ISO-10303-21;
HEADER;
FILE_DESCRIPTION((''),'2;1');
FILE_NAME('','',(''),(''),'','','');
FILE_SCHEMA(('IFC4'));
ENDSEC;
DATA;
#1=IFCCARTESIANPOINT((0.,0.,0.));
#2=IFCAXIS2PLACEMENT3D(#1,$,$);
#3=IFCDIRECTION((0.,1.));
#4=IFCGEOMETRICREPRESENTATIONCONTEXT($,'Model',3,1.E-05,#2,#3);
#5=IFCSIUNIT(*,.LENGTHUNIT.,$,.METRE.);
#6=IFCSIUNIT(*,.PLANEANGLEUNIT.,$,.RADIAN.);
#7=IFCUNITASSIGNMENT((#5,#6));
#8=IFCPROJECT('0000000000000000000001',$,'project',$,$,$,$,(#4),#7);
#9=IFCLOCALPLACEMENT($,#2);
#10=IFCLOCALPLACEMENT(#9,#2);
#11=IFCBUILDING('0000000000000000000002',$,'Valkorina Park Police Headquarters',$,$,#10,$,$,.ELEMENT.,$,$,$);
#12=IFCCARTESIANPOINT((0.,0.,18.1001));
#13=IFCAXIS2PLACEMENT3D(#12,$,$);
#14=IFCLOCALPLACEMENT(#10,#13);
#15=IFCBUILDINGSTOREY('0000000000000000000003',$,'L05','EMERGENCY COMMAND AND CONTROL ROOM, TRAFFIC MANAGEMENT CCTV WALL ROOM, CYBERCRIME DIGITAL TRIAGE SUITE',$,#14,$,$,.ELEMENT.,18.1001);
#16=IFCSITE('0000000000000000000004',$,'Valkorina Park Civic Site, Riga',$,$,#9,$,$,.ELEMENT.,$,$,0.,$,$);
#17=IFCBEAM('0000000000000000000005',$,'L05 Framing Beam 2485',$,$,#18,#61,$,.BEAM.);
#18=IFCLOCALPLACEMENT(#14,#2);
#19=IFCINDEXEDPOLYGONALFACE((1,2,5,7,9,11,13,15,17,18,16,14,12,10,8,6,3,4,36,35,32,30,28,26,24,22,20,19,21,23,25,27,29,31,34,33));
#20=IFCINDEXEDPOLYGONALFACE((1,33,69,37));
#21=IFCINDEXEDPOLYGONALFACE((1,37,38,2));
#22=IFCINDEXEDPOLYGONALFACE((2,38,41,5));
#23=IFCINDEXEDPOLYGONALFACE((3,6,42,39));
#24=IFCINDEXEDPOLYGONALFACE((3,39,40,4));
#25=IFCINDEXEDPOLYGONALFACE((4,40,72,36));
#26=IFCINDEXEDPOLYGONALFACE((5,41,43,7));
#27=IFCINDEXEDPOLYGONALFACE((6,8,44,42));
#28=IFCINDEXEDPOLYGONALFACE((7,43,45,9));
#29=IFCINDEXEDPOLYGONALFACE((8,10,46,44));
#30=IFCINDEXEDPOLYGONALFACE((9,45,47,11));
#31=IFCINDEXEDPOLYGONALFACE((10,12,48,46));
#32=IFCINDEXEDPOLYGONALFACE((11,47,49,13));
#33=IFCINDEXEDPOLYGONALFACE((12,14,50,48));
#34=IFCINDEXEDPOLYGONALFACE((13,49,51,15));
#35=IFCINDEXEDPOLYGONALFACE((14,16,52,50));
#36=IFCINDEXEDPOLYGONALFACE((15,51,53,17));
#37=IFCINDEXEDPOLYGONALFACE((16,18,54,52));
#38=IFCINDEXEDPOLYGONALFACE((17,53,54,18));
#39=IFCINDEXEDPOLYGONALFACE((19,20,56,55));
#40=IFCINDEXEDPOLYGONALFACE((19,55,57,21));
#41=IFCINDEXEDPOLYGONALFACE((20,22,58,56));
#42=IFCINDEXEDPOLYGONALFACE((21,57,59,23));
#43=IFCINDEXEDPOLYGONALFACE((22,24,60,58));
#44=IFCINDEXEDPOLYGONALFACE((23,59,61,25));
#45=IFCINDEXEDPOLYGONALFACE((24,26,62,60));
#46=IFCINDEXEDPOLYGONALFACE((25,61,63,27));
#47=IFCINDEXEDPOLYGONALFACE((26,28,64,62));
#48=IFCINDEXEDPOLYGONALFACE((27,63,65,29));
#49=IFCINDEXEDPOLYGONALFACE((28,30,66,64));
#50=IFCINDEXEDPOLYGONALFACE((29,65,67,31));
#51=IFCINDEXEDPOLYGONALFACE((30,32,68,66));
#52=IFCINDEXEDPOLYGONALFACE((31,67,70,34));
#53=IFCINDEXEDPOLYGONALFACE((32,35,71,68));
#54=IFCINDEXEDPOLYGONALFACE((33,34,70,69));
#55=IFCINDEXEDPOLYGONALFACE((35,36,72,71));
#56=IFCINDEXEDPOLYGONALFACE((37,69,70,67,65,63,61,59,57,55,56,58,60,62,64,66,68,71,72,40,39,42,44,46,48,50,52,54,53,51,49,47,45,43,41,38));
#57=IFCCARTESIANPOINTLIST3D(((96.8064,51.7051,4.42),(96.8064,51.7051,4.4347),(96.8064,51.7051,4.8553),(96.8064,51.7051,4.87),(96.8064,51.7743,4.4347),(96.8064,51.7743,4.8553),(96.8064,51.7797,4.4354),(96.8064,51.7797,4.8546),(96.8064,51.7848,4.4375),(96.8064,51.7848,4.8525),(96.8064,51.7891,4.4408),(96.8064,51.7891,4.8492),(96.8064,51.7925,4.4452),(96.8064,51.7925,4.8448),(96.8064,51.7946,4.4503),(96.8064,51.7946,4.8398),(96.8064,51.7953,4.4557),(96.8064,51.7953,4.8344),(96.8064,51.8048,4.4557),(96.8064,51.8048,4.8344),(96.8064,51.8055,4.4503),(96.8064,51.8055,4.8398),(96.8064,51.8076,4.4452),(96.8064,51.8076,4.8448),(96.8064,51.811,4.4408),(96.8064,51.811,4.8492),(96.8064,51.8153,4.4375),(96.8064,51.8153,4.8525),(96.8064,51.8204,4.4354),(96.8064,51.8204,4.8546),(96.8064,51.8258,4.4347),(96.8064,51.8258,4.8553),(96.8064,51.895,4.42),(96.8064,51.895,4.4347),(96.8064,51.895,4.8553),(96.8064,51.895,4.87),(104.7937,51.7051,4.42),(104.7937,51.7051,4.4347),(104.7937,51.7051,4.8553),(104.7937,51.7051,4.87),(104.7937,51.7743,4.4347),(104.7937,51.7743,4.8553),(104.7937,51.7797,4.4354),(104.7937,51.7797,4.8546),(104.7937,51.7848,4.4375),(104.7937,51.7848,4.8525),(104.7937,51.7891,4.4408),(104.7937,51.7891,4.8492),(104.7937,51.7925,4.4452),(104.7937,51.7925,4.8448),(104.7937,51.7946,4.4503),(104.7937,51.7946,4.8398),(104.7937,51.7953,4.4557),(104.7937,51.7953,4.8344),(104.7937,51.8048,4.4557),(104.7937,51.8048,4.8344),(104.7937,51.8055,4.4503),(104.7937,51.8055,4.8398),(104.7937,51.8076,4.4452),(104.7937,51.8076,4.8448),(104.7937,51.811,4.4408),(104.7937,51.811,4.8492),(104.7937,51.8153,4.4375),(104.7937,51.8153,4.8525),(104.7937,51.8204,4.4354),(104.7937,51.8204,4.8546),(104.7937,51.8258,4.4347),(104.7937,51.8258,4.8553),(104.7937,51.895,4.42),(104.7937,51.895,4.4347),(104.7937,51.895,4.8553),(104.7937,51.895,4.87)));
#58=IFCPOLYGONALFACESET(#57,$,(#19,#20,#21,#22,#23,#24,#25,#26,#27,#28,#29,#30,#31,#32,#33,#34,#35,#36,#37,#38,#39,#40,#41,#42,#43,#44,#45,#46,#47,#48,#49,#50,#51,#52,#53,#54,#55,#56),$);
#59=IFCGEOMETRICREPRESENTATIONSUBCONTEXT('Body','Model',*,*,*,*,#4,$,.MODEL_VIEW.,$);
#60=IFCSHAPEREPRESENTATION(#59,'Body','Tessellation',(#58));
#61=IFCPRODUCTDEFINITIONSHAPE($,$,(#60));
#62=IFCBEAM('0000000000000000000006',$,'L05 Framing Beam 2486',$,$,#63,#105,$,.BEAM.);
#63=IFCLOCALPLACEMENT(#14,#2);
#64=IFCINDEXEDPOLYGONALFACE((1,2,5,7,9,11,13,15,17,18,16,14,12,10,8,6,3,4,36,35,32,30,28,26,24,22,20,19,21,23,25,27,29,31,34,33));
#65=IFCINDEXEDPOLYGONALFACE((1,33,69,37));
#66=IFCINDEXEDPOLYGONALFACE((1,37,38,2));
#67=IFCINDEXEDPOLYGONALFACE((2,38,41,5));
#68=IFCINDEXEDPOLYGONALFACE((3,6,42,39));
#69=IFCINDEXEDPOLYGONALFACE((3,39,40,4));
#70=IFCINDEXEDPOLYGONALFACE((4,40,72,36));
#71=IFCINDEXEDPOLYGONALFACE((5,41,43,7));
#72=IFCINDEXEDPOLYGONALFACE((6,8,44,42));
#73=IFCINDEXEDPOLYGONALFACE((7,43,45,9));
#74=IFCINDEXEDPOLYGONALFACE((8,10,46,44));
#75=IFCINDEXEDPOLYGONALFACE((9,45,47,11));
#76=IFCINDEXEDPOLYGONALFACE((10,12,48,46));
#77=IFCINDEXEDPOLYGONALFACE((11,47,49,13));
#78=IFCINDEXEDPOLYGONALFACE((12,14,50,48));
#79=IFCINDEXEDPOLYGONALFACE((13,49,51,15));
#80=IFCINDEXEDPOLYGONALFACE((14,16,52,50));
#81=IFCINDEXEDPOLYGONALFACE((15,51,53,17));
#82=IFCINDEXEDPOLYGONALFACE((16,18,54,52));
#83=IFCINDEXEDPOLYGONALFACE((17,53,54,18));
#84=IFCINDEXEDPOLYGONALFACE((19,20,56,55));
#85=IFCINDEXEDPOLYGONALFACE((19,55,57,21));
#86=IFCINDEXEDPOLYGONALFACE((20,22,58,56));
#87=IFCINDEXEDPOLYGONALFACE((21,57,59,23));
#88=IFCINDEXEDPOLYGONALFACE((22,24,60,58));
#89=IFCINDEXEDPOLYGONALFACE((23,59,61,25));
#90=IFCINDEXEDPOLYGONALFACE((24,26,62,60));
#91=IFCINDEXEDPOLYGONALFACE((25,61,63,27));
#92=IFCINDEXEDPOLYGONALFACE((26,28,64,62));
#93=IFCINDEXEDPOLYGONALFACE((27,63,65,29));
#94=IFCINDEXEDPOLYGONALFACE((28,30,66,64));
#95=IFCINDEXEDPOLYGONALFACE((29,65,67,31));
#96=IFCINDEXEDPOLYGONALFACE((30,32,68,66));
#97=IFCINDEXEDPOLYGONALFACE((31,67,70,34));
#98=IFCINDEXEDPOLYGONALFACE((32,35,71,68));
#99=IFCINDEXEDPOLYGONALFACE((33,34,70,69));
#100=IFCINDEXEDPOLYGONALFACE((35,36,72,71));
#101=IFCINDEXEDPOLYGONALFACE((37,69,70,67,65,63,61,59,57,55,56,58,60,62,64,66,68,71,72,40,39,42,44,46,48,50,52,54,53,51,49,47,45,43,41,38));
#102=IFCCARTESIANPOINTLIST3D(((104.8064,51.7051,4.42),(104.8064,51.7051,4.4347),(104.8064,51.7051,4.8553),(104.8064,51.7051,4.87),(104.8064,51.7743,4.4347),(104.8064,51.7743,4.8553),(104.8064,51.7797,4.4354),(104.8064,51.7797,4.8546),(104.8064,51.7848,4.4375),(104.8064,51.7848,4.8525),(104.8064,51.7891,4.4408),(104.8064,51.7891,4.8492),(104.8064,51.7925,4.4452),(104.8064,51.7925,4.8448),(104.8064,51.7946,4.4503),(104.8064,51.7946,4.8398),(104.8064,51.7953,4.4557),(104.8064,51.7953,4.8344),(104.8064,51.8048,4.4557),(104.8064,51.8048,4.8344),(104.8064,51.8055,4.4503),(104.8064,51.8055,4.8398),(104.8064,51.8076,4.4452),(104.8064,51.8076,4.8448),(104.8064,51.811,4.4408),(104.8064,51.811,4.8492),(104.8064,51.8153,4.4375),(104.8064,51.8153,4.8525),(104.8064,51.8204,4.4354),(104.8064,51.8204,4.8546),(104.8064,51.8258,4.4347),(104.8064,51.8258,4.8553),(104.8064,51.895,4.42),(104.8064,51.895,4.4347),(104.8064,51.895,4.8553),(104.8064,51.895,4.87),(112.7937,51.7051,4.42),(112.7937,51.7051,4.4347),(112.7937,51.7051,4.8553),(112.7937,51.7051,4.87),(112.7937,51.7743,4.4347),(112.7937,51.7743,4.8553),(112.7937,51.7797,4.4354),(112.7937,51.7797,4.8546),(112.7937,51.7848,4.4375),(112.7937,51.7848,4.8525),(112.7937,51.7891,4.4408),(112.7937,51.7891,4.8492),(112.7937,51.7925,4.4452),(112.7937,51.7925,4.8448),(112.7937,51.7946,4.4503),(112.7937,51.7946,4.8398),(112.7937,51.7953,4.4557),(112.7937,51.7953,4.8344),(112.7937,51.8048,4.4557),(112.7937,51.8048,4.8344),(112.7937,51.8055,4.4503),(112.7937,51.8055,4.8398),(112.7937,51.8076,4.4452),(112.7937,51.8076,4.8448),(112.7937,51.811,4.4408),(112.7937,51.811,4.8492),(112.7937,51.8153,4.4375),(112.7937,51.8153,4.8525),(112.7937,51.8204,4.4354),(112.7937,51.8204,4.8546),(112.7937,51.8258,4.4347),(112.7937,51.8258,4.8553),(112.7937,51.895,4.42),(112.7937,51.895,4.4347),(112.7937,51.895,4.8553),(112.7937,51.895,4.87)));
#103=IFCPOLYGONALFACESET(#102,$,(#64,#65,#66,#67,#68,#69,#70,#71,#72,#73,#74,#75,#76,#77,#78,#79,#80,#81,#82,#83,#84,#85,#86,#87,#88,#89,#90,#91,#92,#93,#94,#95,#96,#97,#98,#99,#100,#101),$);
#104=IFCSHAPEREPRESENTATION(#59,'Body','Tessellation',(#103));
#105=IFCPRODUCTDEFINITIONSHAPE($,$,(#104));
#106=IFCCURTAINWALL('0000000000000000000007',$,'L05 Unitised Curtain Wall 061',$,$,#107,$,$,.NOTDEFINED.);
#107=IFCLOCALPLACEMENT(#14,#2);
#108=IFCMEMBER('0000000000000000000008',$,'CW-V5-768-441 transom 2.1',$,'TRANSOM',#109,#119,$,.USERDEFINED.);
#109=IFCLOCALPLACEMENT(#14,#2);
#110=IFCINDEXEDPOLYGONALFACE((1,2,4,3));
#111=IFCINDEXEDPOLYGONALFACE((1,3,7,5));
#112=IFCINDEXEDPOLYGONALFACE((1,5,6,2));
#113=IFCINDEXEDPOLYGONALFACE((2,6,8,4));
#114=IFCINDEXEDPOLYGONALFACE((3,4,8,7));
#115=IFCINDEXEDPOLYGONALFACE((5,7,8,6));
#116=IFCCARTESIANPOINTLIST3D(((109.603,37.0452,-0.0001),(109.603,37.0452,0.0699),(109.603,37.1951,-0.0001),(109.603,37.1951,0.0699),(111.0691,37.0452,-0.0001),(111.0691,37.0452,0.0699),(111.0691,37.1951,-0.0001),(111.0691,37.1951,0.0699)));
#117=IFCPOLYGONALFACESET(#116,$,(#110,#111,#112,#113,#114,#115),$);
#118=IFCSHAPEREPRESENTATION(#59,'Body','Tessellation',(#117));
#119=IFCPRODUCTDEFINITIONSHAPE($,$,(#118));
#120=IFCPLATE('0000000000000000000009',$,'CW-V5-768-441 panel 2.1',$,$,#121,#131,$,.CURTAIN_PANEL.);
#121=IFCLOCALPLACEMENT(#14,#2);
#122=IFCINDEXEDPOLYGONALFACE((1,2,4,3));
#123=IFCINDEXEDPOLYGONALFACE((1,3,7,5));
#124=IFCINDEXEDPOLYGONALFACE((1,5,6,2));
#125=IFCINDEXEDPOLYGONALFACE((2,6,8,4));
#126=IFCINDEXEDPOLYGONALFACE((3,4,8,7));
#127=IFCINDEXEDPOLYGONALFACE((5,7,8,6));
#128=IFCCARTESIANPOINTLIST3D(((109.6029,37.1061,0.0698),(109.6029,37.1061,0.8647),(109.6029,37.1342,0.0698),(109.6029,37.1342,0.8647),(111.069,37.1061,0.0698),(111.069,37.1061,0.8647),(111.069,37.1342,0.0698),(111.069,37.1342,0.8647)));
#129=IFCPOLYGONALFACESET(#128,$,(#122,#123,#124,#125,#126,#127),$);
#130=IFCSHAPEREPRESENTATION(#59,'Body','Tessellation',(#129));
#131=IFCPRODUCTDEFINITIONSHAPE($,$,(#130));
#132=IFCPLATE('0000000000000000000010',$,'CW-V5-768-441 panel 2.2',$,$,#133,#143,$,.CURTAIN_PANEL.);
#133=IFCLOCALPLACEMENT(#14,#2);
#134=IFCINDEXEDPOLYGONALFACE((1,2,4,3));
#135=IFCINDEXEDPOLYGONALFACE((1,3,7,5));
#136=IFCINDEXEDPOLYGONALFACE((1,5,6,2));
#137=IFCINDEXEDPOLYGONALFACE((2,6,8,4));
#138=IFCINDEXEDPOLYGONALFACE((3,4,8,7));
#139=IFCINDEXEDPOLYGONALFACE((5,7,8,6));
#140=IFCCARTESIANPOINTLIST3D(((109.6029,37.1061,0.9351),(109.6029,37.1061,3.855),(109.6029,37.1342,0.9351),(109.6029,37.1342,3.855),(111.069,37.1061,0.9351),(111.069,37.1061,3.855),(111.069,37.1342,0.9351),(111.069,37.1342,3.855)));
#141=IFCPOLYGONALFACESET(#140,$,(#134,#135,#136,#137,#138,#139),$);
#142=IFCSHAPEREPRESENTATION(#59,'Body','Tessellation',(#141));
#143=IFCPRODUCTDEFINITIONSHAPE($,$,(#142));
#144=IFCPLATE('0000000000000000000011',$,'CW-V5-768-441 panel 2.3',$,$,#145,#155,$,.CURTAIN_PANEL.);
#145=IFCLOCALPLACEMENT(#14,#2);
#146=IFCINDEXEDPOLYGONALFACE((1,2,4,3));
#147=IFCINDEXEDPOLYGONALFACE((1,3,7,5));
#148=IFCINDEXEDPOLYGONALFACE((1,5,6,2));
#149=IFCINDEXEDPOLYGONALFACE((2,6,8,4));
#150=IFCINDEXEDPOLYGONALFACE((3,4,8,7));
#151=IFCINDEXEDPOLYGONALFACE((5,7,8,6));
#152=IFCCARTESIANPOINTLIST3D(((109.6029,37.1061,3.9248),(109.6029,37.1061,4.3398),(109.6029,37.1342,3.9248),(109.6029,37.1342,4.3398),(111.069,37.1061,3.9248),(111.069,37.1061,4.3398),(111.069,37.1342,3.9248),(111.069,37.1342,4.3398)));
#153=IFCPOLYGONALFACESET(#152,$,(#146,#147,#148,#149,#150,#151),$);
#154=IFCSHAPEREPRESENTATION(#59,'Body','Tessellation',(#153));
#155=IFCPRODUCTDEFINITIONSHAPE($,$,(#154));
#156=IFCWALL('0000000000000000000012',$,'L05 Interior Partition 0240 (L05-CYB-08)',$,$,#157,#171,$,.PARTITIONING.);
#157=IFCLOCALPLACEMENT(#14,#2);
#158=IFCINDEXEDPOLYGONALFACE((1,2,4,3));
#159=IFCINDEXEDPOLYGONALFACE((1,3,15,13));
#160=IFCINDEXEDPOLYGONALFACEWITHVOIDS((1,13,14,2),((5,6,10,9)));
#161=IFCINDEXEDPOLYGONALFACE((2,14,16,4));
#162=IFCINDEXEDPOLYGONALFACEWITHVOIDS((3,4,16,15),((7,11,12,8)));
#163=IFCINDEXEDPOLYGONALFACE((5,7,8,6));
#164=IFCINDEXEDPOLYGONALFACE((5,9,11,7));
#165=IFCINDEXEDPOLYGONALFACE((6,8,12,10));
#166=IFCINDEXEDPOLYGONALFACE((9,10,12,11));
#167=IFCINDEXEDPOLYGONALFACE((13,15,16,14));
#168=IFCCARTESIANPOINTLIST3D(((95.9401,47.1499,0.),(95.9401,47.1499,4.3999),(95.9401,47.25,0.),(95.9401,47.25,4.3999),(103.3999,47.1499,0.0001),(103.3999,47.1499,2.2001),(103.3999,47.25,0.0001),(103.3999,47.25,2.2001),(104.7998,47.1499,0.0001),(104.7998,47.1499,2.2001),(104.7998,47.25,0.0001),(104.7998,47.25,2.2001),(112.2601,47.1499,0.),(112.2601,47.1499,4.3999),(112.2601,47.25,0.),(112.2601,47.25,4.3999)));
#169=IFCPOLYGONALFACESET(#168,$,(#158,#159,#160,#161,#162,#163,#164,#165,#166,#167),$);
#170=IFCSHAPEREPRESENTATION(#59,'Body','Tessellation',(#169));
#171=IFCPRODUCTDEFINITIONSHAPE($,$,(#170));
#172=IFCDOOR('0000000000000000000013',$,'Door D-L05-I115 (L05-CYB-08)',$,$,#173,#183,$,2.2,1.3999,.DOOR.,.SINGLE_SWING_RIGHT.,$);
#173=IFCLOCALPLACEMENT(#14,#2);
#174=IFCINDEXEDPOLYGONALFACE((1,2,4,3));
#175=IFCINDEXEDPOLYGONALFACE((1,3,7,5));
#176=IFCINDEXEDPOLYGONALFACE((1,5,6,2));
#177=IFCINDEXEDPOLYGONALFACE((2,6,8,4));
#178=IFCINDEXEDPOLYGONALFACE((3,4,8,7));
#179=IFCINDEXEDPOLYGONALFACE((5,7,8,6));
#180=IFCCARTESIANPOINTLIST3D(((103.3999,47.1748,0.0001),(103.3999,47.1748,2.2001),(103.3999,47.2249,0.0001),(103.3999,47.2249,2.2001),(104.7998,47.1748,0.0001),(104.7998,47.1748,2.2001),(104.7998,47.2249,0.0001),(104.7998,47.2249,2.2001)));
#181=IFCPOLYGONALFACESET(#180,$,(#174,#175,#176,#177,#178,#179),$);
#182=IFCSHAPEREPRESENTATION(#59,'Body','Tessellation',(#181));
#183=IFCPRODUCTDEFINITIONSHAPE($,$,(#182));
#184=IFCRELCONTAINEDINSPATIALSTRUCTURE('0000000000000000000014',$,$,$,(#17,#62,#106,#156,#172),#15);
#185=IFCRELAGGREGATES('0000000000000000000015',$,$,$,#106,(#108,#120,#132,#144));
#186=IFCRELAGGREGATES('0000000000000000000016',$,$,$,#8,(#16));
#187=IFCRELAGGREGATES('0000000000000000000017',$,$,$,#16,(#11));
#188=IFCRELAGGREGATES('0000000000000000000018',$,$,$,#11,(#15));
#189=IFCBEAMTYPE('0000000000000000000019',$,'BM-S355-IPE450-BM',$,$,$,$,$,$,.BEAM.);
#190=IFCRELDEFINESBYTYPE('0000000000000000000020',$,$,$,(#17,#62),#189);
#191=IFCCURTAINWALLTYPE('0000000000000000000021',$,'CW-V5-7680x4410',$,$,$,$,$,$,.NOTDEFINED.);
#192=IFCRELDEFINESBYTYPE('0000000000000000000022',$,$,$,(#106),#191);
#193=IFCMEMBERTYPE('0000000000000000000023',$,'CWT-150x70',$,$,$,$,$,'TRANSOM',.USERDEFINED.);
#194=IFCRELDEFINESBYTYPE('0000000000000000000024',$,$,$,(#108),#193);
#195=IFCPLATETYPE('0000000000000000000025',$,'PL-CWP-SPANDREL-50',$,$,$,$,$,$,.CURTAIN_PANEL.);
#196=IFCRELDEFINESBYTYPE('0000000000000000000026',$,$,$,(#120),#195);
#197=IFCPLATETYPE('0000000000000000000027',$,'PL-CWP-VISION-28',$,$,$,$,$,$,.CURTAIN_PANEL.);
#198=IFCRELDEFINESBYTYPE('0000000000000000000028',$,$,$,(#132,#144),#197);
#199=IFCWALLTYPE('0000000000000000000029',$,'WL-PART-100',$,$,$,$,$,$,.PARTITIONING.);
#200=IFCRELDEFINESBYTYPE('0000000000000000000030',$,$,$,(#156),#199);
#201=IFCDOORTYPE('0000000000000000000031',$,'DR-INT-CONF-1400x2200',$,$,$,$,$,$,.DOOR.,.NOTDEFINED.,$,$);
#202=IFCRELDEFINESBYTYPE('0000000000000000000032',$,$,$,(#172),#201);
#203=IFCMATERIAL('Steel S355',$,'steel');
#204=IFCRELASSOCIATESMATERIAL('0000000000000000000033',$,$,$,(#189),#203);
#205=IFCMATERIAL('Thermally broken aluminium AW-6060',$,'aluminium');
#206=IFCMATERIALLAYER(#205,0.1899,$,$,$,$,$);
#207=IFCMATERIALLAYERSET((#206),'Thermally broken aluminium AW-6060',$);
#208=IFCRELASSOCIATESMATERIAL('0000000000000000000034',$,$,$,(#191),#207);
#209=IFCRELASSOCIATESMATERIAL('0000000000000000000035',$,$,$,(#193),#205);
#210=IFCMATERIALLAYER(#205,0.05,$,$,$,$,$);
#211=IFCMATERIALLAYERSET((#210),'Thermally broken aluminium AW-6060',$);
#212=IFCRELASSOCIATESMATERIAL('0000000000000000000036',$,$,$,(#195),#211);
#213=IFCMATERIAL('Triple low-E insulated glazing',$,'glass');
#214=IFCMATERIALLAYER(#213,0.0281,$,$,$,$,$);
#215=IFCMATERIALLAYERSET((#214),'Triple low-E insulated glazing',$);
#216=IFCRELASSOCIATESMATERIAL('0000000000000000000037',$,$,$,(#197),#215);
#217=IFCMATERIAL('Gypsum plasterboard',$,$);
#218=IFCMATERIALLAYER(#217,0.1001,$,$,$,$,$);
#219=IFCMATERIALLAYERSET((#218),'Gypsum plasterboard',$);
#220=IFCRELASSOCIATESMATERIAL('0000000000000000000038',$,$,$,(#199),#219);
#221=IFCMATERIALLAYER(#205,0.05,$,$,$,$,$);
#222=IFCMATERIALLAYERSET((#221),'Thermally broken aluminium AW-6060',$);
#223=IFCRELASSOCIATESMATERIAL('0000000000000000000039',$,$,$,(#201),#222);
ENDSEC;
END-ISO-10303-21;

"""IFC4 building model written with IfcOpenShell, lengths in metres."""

from ifc_helpers import new_model, si_unit, direction, frame, frame_2d, origin, origin_2d, place, context, subcontext, project, spatial, rectangle, i_section, extrude, material, layer, layer_set, material_profile, profile_set, type_object, element, fill, aggregate, save


model = new_model("IFC4")

# Units and contexts
model_context = context("Model", 3, precision=1e-05, world=origin(), true_north=direction((0.0, 1.0)))
body_context = subcontext(model_context, "Body", "Model", "MODEL_VIEW")
ifc_project = project(units=[si_unit("LENGTHUNIT", "METRE"), si_unit("PLANEANGLEUNIT", "RADIAN")], contexts=[model_context])

# Site, building, storey
site_placement = place(None, origin())
site = spatial("IfcSite", under=ifc_project, at=site_placement, Name="Valkorina Park Civic Site, Riga", CompositionType="ELEMENT", RefElevation=0.0)
building_placement = place(site_placement, origin())
building = spatial("IfcBuilding", under=site, at=building_placement, Name="Valkorina Park Police Headquarters", CompositionType="ELEMENT")
storey_placement = place(building_placement, frame((0.0, 0.0, 18.1001)))
storey = spatial("IfcBuildingStorey", under=building, at=storey_placement, Name="L05", Description="EMERGENCY COMMAND AND CONTROL ROOM, TRAFFIC MANAGEMENT CCTV WALL ROOM, CYBERCRIME DIGITAL TRIAGE SUITE", CompositionType="ELEMENT", Elevation=18.1001)

# Shared definitions
ifc_material_1 = material(Name="Steel S355", Category="steel")

# Beams
ifc_material_profile_1 = material_profile(ifc_material_1, i_section(OverallWidth=0.1899, OverallDepth=0.45, WebThickness=0.0095, FlangeThickness=0.0146, FilletRadius=0.021, at=origin_2d()), Name="IPE 450")
ifc_profile_set_1 = profile_set([ifc_material_profile_1], Name="Steel S355")
beam_type_1 = type_object("IfcBeamType", Name="BM-S355-IPE450-BM", PredefinedType="BEAM", material=ifc_profile_set_1)
for number, where, z_axis, x_axis, name in (
    (1, (96.8064, 51.8, 4.645), (1.0, 0.0, 0.0), (0.0, 1.0, 0.0), "L05 Framing Beam 2485"),
    (2, (104.8064, 51.8, 4.645), (1.0, 0.0, 0.0), (0.0, 1.0, 0.0), "L05 Framing Beam 2486"),
):
    element("IfcBeam", number, at=place(storey_placement, frame(where, z_axis=z_axis, x_axis=x_axis)), inside=storey, type_object=beam_type_1, Name=name, PredefinedType="BEAM", context=body_context, shape_type="SweptSolid", body=[
        extrude(i_section(OverallWidth=0.1899, OverallDepth=0.45, WebThickness=0.0095, FlangeThickness=0.0146, FilletRadius=0.021, at=origin_2d()), origin(), (0.0, 0.0, 1.0), 7.9873),
    ])

# Curtain wall, member, plates
ifc_material_2 = material(Name="Thermally broken aluminium AW-6060", Category="aluminium")
ifc_layer_1 = layer(ifc_material_2, 0.1899)
ifc_layer_set_1 = layer_set([ifc_layer_1], Name="Thermally broken aluminium AW-6060")
curtain_wall_type = type_object("IfcCurtainWallType", Name="CW-V5-7680x4410", PredefinedType="NOTDEFINED", material=ifc_layer_set_1)
curtain_wall_placement = place(storey_placement, origin())
curtain_wall = element("IfcCurtainWall", 3, at=curtain_wall_placement, inside=storey, type_object=curtain_wall_type, Name="L05 Unitised Curtain Wall 061", PredefinedType="NOTDEFINED")
ifc_material_profile_2 = material_profile(ifc_material_2, rectangle(XDim=0.1499, YDim=0.0701, at=origin_2d()), Name="CWT-02 150x70")
ifc_profile_set_2 = profile_set([ifc_material_profile_2], Name="Thermally broken aluminium AW-6060")
member_type = type_object("IfcMemberType", Name="CWT-150x70", ElementType="TRANSOM", PredefinedType="USERDEFINED", material=ifc_profile_set_2)
member_placement = place(storey_placement, frame((111.0691, 37.1201, 0.0349), z_axis=(-1.0, 0.0, 0.0), x_axis=(0.0, -1.0, 0.0)))
member = element("IfcMember", 4, at=member_placement, type_object=member_type, Name="CW-V5-768-441 transom 2.1", ObjectType="TRANSOM", PredefinedType="USERDEFINED", context=body_context, shape_type="SweptSolid", body=[
    extrude(rectangle(XDim=0.1499, YDim=0.0701, at=origin_2d()), origin(), (0.0, 0.0, 1.0), 1.4661),
])
ifc_layer_2 = layer(ifc_material_2, 0.05)
ifc_layer_set_2 = layer_set([ifc_layer_2], Name="Thermally broken aluminium AW-6060")
plate_type_1 = type_object("IfcPlateType", Name="PL-CWP-SPANDREL-50", PredefinedType="CURTAIN_PANEL", material=ifc_layer_set_2)
plate_1_placement = place(storey_placement, frame((110.3359, 37.1201, 0.0698), z_axis=(0.0, 0.0, 1.0), x_axis=(-1.0, 0.0, 0.0)))
plate_1 = element("IfcPlate", 5, at=plate_1_placement, type_object=plate_type_1, Name="CW-V5-768-441 panel 2.1", PredefinedType="CURTAIN_PANEL", context=body_context, shape_type="SweptSolid", body=[
    extrude(rectangle(XDim=1.4661, YDim=0.0281, at=origin_2d()), origin(), (0.0, 0.0, 1.0), 0.7949),
])
ifc_material_3 = material(Name="Triple low-E insulated glazing", Category="glass")
ifc_layer_3 = layer(ifc_material_3, 0.0281)
ifc_layer_set_3 = layer_set([ifc_layer_3], Name="Triple low-E insulated glazing")
plate_type_2 = type_object("IfcPlateType", Name="PL-CWP-VISION-28", PredefinedType="CURTAIN_PANEL", material=ifc_layer_set_3)
plate_2_placement = place(storey_placement, frame((110.3359, 37.1201, 0.9351), z_axis=(0.0, 0.0, 1.0), x_axis=(-1.0, 0.0, 0.0)))
plate_2 = element("IfcPlate", 6, at=plate_2_placement, type_object=plate_type_2, Name="CW-V5-768-441 panel 2.2", PredefinedType="CURTAIN_PANEL", context=body_context, shape_type="SweptSolid", body=[
    extrude(rectangle(XDim=1.4661, YDim=0.0281, at=origin_2d()), origin(), (0.0, 0.0, 1.0), 2.9199),
])
plate_3_placement = place(storey_placement, frame((110.3359, 37.1201, 3.9248), z_axis=(0.0, 0.0, 1.0), x_axis=(-1.0, 0.0, 0.0)))
plate_3 = element("IfcPlate", 7, at=plate_3_placement, type_object=plate_type_2, Name="CW-V5-768-441 panel 2.3", PredefinedType="CURTAIN_PANEL", context=body_context, shape_type="SweptSolid", body=[
    extrude(rectangle(XDim=1.4661, YDim=0.0281, at=origin_2d()), origin(), (0.0, 0.0, 1.0), 0.415),
])
aggregate(curtain_wall, [member, plate_1, plate_2, plate_3])

# Wall, opening, door
ifc_material_4 = material(Name="Gypsum plasterboard")
ifc_layer_4 = layer(ifc_material_4, 0.1001)
ifc_layer_set_4 = layer_set([ifc_layer_4], Name="Gypsum plasterboard")
wall_type = type_object("IfcWallType", Name="WL-PART-100", PredefinedType="PARTITIONING", material=ifc_layer_set_4)
wall_1_placement = place(storey_placement, frame((95.9399, 47.2, 0.0), z_axis=(0.0, 0.0, 1.0), x_axis=(1.0, 0.0, 0.0)))
wall_1 = element("IfcWall", 8, at=wall_1_placement, inside=storey, type_object=wall_type, Name="L05 Interior Partition 0240 (L05-CYB-08)", PredefinedType="PARTITIONING", context=body_context, shape_type="SweptSolid", body=[
    extrude(rectangle(XDim=16.3201, YDim=0.1001, at=frame_2d((8.1602, 0.0))), origin(), (0.0, 0.0, 1.0), 4.3999),
])
opening_placement = place(wall_1_placement, frame((7.46, 0.0, 0.0)))
opening = element("IfcOpeningElement", 9, at=opening_placement, cuts=wall_1, PredefinedType="OPENING", context=body_context, shape_type="SweptSolid", body=[
    extrude(rectangle(XDim=1.3999, YDim=2.2, at=frame_2d((0.7, 1.1001))), frame((0.0, 0.0601, 0.0), z_axis=(0.0, -1.0, 0.0), x_axis=(1.0, 0.0, 0.0)), (0.0, 0.0, 1.0), 0.1201),
])
ifc_layer_5 = layer(ifc_material_2, 0.05)
ifc_layer_set_5 = layer_set([ifc_layer_5], Name="Thermally broken aluminium AW-6060")
door_type = type_object("IfcDoorType", Name="DR-INT-CONF-1400x2200", OperationType="NOTDEFINED", PredefinedType="DOOR", material=ifc_layer_set_5)
door_placement = place(opening_placement, origin())
door = element("IfcDoor", 10, at=door_placement, inside=storey, type_object=door_type, Name="Door D-L05-I115 (L05-CYB-08)", OperationType="SINGLE_SWING_RIGHT", OverallHeight=2.2, OverallWidth=1.3999, PredefinedType="DOOR", context=body_context, shape_type="SweptSolid", body=[
    extrude(rectangle(XDim=1.3999, YDim=2.2, at=frame_2d((0.7, 1.1001))), frame((0.0, 0.0249, 0.0), z_axis=(0.0, -1.0, 0.0), x_axis=(1.0, 0.0, 0.0)), (0.0, 0.0, 1.0), 0.05),
])
fill(opening, door)

save(model, "model.ifc")
